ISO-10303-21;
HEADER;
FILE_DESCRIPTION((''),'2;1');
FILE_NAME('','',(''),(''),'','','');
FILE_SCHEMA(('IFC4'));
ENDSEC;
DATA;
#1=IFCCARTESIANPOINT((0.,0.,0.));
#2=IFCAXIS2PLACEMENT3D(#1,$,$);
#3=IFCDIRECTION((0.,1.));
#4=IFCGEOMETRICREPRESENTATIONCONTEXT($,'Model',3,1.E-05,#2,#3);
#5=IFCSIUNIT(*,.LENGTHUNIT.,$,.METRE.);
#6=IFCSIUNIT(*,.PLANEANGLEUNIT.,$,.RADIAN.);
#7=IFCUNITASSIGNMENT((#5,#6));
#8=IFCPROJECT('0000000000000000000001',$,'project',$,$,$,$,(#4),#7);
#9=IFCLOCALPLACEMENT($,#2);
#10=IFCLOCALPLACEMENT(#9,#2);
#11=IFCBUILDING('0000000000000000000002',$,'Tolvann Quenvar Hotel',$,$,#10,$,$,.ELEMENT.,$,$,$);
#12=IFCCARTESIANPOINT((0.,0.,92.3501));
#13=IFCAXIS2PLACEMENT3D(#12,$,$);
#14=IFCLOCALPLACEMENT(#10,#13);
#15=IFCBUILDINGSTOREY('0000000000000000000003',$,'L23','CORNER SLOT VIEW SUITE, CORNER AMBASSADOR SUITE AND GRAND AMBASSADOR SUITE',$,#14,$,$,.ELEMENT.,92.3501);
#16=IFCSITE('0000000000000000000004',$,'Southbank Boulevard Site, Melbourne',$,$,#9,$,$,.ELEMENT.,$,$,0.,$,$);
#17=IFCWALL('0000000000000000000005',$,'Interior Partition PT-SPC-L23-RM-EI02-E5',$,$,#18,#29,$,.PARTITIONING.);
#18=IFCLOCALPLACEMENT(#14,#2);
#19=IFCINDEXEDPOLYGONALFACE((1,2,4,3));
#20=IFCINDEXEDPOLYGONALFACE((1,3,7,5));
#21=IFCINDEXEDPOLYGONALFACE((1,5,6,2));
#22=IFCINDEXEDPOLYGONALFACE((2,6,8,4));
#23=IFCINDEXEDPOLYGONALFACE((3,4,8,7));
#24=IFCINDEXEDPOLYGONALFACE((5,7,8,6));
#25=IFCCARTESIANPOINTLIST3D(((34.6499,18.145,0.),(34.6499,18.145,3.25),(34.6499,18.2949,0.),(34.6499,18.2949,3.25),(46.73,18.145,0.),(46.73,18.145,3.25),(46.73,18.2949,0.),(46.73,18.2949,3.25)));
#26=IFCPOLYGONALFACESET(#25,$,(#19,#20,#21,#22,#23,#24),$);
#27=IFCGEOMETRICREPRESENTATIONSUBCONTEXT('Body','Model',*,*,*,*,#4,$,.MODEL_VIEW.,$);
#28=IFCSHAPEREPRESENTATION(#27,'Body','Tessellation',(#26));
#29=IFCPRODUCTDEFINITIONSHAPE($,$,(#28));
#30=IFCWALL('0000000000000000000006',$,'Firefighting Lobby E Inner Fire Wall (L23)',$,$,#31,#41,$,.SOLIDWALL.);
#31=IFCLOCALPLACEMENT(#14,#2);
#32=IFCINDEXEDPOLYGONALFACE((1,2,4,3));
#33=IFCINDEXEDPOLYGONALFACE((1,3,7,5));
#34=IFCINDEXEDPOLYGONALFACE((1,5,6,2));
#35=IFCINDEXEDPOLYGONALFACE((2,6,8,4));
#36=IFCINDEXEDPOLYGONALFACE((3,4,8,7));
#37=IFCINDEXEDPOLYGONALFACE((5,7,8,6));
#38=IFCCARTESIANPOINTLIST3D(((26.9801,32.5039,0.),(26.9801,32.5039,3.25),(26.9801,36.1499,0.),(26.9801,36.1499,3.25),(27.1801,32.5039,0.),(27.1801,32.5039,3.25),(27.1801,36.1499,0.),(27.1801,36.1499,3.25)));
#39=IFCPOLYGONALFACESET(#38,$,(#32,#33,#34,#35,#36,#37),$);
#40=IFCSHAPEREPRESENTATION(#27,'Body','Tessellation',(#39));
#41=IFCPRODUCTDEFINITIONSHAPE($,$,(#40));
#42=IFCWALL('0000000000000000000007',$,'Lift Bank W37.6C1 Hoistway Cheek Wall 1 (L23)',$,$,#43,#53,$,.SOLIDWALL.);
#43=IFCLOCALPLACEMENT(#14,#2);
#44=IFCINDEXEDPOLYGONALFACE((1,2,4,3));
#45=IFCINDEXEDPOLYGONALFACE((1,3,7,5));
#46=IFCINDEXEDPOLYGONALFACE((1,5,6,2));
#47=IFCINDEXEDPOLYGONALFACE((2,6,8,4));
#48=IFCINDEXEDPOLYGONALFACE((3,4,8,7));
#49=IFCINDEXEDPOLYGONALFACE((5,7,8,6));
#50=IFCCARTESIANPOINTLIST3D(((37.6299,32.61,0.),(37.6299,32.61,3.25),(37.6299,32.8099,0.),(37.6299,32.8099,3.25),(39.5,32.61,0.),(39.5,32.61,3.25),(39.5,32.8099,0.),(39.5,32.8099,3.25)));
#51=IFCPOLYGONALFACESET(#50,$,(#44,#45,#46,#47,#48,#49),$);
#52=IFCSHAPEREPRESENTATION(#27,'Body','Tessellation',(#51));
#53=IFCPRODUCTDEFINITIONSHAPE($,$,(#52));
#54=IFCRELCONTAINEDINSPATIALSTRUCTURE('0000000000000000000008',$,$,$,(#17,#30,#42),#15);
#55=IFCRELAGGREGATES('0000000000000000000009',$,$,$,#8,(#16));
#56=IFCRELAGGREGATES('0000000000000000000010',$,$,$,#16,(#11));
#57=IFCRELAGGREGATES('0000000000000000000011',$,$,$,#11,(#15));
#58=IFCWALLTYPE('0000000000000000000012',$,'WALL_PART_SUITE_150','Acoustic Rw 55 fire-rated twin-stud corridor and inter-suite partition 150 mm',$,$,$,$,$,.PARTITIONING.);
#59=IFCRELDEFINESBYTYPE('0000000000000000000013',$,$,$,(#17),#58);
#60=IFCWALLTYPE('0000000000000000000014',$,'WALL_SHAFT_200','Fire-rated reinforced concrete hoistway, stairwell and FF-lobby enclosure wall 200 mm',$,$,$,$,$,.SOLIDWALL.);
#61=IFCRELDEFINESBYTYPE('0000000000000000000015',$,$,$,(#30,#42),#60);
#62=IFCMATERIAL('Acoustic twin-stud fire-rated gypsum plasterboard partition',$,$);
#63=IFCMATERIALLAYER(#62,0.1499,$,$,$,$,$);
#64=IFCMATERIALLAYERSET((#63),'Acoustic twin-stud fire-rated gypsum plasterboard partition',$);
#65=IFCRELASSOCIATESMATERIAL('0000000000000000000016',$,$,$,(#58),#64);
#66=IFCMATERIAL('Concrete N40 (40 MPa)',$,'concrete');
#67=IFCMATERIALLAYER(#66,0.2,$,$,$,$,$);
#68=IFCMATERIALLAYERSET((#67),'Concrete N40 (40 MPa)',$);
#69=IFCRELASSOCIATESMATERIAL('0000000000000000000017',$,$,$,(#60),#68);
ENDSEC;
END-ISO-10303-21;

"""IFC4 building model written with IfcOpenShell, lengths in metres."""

from ifc_helpers import new_model, si_unit, direction, frame, frame_2d, origin, place, context, subcontext, project, spatial, rectangle, extrude, material, layer, layer_set, type_object, element, save


model = new_model("IFC4")

# Units and contexts
model_context = context("Model", 3, precision=1e-05, world=origin(), true_north=direction((0.0, 1.0)))
body_context = subcontext(model_context, "Body", "Model", "MODEL_VIEW")
ifc_project = project(units=[si_unit("LENGTHUNIT", "METRE"), si_unit("PLANEANGLEUNIT", "RADIAN")], contexts=[model_context])

# Site, building, storey
site_placement = place(None, origin())
site = spatial("IfcSite", under=ifc_project, at=site_placement, Name="Southbank Boulevard Site, Melbourne", CompositionType="ELEMENT", RefElevation=0.0)
building_placement = place(site_placement, origin())
building = spatial("IfcBuilding", under=site, at=building_placement, Name="Tolvann Quenvar Hotel", CompositionType="ELEMENT")
storey_placement = place(building_placement, frame((0.0, 0.0, 92.3501)))
storey = spatial("IfcBuildingStorey", under=building, at=storey_placement, Name="L23", Description="CORNER SLOT VIEW SUITE, CORNER AMBASSADOR SUITE AND GRAND AMBASSADOR SUITE", CompositionType="ELEMENT", Elevation=92.3501)

# Shared definitions
ifc_material_1 = material(Name="Acoustic twin-stud fire-rated gypsum plasterboard partition")

# Walls
ifc_layer_1 = layer(ifc_material_1, 0.1499)
ifc_layer_set_1 = layer_set([ifc_layer_1], Name="Acoustic twin-stud fire-rated gypsum plasterboard partition")
wall_type_1 = type_object("IfcWallType", Name="WALL_PART_SUITE_150", Description="Acoustic Rw 55 fire-rated twin-stud corridor and inter-suite partition 150 mm", PredefinedType="PARTITIONING", material=ifc_layer_set_1)
wall_1_placement = place(storey_placement, frame((34.6499, 18.22, 0.0), z_axis=(0.0, 0.0, 1.0), x_axis=(1.0, 0.0, 0.0)))
element("IfcWall", 1, at=wall_1_placement, inside=storey, type_object=wall_type_1, Name="Interior Partition PT-SPC-L23-RM-EI02-E5", PredefinedType="PARTITIONING", context=body_context, shape_type="SweptSolid", body=[
    extrude(rectangle(XDim=12.0801, YDim=0.1499, at=frame_2d((6.04, 0.0))), origin(), (0.0, 0.0, 1.0), 3.25),
])
ifc_material_2 = material(Name="Concrete N40 (40 MPa)", Category="concrete")
ifc_layer_2 = layer(ifc_material_2, 0.2)
ifc_layer_set_2 = layer_set([ifc_layer_2], Name="Concrete N40 (40 MPa)")
wall_type_2 = type_object("IfcWallType", Name="WALL_SHAFT_200", Description="Fire-rated reinforced concrete hoistway, stairwell and FF-lobby enclosure wall 200 mm", PredefinedType="SOLIDWALL", material=ifc_layer_set_2)
wall_2_placement = place(storey_placement, frame((27.0801, 32.5039, 0.0), z_axis=(0.0, 0.0, 1.0), x_axis=(0.0, 1.0, 0.0)))
element("IfcWall", 2, at=wall_2_placement, inside=storey, type_object=wall_type_2, Name="Firefighting Lobby E Inner Fire Wall (L23)", PredefinedType="SOLIDWALL", context=body_context, shape_type="SweptSolid", body=[
    extrude(rectangle(XDim=3.646, YDim=0.2, at=frame_2d((1.823, 0.0))), origin(), (0.0, 0.0, 1.0), 3.25),
])

# Wall
wall_3_placement = place(storey_placement, frame((37.6299, 32.71, 0.0), z_axis=(0.0, 0.0, 1.0), x_axis=(1.0, 0.0, 0.0)))
element("IfcWall", 3, at=wall_3_placement, inside=storey, type_object=wall_type_2, Name="Lift Bank W37.6C1 Hoistway Cheek Wall 1 (L23)", PredefinedType="SOLIDWALL", context=body_context, shape_type="SweptSolid", body=[
    extrude(rectangle(XDim=1.8701, YDim=0.2, at=frame_2d((0.9351, 0.0))), origin(), (0.0, 0.0, 1.0), 3.25),
])

save(model, "model.ifc")
